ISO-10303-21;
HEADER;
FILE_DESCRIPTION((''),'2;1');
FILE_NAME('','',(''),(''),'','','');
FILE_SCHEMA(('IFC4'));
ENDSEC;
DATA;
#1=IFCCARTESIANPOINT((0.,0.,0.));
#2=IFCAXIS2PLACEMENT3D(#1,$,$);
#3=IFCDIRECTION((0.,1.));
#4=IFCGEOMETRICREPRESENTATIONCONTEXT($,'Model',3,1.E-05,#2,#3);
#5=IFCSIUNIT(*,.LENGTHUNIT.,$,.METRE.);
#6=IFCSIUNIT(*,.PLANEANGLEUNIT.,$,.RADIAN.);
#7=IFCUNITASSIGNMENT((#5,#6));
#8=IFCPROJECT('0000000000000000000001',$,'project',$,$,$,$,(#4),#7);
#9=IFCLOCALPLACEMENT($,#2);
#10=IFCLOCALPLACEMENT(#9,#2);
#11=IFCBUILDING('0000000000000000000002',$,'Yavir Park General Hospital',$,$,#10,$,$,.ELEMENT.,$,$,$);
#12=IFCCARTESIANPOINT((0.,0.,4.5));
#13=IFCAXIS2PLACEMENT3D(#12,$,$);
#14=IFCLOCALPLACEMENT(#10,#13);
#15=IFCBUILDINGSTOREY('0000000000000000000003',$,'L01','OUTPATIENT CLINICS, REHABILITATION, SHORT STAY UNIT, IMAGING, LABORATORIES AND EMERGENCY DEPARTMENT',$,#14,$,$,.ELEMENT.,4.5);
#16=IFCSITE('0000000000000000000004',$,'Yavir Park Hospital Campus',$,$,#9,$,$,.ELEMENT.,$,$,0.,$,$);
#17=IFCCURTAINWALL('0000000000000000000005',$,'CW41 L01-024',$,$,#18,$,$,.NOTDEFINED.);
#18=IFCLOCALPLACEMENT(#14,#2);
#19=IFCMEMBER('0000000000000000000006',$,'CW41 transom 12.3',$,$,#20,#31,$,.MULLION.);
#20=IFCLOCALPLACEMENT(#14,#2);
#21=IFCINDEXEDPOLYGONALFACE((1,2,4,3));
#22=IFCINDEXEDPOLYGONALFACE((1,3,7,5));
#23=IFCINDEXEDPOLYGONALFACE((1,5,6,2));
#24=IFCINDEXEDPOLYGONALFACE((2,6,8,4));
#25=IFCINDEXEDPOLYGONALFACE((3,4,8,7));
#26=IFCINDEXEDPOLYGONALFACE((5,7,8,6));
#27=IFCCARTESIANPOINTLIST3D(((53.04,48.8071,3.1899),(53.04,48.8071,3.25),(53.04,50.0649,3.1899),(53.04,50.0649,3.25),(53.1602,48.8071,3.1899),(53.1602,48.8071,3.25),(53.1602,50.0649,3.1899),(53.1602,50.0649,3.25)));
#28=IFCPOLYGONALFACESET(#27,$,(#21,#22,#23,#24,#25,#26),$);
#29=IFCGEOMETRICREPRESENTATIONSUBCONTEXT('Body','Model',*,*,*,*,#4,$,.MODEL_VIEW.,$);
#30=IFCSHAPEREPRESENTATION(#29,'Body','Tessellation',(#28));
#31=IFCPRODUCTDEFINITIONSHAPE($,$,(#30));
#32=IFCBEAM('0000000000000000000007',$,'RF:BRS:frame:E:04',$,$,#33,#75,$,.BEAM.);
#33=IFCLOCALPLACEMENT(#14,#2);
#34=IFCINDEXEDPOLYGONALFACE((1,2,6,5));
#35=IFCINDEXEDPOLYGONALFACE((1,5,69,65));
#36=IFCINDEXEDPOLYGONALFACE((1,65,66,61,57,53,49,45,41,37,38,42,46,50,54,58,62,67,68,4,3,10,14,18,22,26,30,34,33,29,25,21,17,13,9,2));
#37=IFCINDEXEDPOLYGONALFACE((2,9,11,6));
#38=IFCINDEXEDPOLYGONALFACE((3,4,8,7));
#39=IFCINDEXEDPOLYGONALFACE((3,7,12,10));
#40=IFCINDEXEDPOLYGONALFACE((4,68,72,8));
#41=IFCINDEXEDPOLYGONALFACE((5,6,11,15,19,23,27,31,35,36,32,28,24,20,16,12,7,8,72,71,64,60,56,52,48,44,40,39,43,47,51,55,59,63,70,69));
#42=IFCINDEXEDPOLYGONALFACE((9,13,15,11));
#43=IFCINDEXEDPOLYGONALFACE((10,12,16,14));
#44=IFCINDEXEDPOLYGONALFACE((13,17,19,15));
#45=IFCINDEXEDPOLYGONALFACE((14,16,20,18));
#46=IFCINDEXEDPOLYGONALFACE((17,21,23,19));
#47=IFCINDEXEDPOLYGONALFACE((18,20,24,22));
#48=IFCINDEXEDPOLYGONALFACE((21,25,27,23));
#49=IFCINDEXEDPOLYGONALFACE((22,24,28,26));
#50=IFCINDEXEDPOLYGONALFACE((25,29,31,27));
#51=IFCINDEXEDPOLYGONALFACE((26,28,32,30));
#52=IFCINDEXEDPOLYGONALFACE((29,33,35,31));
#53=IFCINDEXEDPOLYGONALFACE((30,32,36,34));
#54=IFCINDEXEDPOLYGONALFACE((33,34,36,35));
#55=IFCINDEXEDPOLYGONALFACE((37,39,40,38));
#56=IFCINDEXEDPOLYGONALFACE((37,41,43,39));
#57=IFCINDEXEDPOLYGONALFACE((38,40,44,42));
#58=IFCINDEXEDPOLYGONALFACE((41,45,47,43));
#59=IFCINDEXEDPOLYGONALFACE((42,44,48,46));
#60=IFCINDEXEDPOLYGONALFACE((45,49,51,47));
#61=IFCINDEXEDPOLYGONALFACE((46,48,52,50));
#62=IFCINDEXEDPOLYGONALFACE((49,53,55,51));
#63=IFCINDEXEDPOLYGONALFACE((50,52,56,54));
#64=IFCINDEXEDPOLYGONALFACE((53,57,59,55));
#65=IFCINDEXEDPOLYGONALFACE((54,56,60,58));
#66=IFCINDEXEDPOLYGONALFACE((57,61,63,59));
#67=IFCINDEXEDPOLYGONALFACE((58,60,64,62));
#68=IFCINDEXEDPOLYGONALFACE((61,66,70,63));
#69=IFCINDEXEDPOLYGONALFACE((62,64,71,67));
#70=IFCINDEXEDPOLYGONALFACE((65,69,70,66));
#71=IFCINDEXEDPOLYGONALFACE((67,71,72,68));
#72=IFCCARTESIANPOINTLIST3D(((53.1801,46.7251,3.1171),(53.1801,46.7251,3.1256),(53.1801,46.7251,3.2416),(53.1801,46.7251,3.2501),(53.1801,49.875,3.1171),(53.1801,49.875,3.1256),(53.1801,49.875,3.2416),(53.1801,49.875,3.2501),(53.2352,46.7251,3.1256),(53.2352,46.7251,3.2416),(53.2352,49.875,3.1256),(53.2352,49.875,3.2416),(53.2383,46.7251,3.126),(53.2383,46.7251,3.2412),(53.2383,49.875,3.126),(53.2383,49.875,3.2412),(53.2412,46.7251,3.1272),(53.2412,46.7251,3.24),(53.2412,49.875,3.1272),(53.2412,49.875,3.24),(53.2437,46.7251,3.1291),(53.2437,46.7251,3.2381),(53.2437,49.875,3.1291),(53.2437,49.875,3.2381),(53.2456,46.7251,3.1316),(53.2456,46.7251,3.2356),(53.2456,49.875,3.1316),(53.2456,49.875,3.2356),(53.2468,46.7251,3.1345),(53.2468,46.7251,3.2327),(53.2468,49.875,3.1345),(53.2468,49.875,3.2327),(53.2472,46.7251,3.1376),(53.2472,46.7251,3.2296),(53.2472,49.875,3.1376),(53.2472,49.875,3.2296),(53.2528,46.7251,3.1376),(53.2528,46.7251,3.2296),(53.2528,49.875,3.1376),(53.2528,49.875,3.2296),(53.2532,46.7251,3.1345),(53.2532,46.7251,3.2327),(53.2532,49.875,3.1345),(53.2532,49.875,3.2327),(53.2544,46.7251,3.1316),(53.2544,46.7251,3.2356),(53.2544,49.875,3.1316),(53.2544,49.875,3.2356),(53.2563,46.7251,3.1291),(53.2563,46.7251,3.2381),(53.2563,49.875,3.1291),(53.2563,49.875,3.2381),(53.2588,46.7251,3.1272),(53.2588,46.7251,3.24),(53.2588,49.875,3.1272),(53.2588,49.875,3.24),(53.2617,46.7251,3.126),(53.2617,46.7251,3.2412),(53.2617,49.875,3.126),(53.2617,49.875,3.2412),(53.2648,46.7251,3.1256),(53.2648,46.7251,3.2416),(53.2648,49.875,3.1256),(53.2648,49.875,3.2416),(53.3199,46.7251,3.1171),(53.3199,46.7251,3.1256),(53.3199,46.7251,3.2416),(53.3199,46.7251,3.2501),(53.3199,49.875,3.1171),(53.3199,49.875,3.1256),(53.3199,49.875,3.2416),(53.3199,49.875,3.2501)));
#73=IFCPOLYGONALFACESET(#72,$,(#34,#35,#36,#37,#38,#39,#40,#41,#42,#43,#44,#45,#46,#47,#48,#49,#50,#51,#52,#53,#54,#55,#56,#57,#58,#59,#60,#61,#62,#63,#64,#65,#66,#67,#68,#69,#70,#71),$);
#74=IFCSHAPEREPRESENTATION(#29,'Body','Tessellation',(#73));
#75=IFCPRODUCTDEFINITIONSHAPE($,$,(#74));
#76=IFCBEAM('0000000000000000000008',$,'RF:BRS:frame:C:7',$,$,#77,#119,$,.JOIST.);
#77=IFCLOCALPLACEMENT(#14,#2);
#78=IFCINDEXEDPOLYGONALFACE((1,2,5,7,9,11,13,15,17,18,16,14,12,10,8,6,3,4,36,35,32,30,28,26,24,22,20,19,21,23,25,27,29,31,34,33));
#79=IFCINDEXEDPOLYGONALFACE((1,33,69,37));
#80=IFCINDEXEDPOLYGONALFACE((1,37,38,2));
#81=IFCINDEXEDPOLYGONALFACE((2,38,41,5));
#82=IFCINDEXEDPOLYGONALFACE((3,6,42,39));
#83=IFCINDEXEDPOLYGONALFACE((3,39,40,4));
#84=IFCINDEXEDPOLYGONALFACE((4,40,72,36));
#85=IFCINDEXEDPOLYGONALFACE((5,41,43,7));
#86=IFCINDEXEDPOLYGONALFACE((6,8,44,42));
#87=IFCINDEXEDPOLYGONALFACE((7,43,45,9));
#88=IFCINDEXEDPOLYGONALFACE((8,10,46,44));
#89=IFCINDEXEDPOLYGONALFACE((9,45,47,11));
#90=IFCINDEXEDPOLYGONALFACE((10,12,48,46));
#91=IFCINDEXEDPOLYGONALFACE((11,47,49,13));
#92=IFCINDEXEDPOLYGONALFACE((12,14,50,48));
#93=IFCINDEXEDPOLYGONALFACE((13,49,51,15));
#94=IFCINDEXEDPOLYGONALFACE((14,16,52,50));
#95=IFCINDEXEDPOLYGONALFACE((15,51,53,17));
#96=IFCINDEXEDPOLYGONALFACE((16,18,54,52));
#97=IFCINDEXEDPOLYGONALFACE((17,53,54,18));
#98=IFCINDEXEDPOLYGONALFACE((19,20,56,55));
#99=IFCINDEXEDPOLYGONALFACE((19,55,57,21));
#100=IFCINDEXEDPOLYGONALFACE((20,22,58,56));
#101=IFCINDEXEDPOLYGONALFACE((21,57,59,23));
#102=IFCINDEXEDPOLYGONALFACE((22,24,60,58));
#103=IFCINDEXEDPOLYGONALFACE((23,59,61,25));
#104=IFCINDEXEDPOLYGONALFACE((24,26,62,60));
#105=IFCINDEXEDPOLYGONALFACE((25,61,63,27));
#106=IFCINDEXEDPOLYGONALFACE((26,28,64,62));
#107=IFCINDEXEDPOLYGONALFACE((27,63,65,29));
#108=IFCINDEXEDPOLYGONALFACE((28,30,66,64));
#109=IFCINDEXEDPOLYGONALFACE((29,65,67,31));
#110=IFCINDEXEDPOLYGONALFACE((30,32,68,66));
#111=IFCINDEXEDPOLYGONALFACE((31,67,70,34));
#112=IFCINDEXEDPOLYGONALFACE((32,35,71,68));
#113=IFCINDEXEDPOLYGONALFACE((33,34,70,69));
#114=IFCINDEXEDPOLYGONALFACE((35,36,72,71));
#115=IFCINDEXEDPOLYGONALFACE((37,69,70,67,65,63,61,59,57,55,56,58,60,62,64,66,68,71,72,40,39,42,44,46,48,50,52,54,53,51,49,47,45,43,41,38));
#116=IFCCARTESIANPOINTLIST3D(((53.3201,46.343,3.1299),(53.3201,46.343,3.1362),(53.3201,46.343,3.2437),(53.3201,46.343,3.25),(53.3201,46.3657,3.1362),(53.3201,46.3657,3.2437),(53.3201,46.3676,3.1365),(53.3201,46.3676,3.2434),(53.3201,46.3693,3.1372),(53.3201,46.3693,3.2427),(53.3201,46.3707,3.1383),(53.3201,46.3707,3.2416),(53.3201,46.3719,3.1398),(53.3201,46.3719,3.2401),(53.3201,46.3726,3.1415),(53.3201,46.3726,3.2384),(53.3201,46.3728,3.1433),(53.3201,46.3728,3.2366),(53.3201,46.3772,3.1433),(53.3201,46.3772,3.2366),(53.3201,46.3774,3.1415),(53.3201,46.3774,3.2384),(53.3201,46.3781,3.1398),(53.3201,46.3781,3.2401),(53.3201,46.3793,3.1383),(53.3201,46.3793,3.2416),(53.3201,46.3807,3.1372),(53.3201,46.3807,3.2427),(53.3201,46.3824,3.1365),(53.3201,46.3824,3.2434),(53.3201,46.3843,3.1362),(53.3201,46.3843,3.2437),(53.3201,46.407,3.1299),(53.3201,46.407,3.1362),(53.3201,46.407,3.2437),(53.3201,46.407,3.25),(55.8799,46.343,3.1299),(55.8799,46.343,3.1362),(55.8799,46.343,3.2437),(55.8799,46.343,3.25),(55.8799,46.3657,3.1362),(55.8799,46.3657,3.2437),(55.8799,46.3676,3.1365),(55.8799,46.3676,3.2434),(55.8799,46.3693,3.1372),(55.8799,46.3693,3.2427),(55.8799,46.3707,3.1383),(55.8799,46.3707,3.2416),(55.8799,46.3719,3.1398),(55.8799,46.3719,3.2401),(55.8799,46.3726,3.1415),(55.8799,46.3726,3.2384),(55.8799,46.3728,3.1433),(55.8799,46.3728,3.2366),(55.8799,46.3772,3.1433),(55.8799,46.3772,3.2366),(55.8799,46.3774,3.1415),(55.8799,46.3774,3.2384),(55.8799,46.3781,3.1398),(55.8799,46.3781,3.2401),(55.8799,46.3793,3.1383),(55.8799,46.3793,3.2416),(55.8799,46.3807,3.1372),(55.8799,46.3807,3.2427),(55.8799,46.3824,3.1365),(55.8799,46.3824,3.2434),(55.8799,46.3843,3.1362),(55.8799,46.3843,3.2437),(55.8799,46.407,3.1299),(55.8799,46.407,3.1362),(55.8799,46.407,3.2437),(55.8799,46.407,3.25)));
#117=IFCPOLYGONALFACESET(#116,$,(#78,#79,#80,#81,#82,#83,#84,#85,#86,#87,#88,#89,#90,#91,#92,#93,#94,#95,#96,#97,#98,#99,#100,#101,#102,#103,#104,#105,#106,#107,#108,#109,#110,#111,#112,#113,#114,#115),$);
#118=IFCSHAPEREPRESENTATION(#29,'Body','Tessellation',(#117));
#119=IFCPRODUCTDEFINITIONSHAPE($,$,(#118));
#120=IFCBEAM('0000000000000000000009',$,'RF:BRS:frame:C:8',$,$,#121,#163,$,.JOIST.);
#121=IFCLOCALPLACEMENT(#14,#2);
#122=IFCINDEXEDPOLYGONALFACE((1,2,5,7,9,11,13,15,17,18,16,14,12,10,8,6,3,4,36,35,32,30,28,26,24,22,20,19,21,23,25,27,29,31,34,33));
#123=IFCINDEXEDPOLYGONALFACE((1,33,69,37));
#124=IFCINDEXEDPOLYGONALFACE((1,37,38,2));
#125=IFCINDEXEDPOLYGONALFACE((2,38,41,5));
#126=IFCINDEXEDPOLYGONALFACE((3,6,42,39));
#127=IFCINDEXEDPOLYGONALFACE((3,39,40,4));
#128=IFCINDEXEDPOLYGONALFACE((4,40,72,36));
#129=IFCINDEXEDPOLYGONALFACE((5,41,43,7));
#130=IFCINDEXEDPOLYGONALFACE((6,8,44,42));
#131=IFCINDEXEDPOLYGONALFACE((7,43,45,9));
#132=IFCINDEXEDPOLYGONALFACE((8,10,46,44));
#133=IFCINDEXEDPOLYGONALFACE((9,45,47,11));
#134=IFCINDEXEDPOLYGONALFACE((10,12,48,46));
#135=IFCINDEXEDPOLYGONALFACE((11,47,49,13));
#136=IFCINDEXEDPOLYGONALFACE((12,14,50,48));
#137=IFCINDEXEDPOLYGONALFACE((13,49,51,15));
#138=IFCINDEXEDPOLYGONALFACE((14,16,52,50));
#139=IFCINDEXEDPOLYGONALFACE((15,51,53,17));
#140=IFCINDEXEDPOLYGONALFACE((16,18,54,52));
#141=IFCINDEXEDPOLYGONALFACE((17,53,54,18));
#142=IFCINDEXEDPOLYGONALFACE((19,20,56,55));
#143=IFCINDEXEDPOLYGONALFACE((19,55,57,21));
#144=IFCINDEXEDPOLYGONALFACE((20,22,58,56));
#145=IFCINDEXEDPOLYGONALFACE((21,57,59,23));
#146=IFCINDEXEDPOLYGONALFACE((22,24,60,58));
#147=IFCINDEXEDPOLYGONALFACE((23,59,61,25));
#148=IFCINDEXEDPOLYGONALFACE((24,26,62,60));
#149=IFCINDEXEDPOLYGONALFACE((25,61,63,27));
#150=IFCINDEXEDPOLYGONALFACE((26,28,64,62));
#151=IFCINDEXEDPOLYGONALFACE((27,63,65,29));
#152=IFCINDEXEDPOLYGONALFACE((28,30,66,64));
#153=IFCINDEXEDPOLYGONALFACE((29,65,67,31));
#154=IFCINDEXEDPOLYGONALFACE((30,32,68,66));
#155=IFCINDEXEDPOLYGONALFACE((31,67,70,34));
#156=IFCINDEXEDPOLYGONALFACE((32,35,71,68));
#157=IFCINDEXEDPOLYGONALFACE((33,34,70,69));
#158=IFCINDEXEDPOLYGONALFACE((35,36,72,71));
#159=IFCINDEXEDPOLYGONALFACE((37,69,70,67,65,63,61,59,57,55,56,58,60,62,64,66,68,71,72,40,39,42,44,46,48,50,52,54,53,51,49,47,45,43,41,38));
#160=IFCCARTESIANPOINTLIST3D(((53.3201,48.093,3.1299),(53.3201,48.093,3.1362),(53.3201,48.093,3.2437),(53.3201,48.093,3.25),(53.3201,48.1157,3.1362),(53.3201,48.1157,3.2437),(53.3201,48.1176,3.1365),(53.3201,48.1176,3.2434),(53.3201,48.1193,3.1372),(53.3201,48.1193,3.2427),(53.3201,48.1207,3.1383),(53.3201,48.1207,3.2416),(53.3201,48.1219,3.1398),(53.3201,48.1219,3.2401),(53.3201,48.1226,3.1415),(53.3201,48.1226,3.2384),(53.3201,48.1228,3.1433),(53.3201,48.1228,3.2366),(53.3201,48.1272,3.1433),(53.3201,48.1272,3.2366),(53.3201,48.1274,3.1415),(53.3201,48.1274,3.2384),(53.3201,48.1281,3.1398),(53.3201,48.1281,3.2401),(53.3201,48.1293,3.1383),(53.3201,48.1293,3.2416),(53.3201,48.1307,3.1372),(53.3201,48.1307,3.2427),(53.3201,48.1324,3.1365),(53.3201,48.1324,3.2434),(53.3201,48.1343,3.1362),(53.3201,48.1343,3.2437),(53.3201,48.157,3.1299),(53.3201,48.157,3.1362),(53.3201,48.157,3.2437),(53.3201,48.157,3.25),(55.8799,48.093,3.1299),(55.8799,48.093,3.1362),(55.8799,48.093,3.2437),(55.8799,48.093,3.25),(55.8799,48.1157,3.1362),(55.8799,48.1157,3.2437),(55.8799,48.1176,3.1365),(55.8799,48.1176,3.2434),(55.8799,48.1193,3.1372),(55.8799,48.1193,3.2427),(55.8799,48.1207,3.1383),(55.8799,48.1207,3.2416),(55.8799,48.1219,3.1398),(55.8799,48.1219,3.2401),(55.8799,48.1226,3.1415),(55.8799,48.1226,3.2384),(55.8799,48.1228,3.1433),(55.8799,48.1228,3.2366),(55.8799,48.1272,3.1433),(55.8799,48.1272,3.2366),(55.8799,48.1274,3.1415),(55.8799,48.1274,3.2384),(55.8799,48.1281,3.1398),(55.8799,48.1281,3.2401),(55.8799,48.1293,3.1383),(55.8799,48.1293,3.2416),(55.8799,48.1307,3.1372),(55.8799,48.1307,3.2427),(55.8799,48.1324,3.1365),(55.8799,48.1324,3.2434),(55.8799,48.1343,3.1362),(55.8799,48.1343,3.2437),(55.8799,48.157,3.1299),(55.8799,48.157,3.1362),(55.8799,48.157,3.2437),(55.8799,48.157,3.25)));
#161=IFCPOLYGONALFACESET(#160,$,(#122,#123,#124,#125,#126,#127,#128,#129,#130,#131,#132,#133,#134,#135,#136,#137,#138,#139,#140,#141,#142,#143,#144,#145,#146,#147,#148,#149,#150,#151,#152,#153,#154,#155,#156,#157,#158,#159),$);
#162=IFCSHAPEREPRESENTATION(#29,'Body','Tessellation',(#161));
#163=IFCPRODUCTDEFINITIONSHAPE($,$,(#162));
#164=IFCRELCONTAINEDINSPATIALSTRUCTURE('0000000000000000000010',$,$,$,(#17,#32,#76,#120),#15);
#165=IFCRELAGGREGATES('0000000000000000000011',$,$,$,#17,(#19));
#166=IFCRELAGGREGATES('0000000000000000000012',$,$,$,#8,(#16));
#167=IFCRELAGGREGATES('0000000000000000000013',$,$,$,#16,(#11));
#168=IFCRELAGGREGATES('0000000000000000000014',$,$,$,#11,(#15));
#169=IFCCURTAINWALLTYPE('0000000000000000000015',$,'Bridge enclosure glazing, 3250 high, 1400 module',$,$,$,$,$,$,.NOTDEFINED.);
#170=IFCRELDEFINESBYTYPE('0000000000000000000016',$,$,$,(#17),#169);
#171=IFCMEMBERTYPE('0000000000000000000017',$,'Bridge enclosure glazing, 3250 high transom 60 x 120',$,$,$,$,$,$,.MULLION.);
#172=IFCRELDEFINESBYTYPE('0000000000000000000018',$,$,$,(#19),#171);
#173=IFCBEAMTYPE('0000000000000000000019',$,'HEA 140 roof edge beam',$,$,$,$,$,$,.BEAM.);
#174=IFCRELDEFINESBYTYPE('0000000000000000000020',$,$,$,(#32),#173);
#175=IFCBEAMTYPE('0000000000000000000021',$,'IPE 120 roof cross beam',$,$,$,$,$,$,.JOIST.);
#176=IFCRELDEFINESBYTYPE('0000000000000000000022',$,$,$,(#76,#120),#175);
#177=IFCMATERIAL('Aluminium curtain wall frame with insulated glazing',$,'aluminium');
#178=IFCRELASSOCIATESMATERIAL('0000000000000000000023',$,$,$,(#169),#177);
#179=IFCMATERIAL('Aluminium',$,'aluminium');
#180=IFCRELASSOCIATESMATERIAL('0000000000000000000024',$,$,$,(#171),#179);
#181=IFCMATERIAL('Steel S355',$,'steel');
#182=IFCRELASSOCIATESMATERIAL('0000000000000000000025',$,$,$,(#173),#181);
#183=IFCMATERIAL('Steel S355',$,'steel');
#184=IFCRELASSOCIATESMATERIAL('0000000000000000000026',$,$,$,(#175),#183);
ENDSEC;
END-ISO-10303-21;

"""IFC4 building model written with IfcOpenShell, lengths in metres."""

from ifc_helpers import new_model, si_unit, direction, frame, origin, origin_2d, place, context, subcontext, project, spatial, rectangle, i_section, extrude, material, material_profile, profile_set, type_object, element, aggregate, save


model = new_model("IFC4")

# Units and contexts
model_context = context("Model", 3, precision=1e-05, world=origin(), true_north=direction((0.0, 1.0)))
body_context = subcontext(model_context, "Body", "Model", "MODEL_VIEW")
ifc_project = project(units=[si_unit("LENGTHUNIT", "METRE"), si_unit("PLANEANGLEUNIT", "RADIAN")], contexts=[model_context])

# Site, building, storey
site_placement = place(None, origin())
site = spatial("IfcSite", under=ifc_project, at=site_placement, Name="Yavir Park Hospital Campus", CompositionType="ELEMENT", RefElevation=0.0)
building_placement = place(site_placement, origin())
building = spatial("IfcBuilding", under=site, at=building_placement, Name="Yavir Park General Hospital", CompositionType="ELEMENT")
storey_placement = place(building_placement, frame((0.0, 0.0, 4.5)))
storey = spatial("IfcBuildingStorey", under=building, at=storey_placement, Name="L01", Description="OUTPATIENT CLINICS, REHABILITATION, SHORT STAY UNIT, IMAGING, LABORATORIES AND EMERGENCY DEPARTMENT", CompositionType="ELEMENT", Elevation=4.5)

# Curtain wall, member
ifc_material_1 = material(Name="Aluminium curtain wall frame with insulated glazing", Category="aluminium")
curtain_wall_type = type_object("IfcCurtainWallType", Name="Bridge enclosure glazing, 3250 high, 1400 module", PredefinedType="NOTDEFINED", material=ifc_material_1)
curtain_wall_placement = place(storey_placement, origin())
curtain_wall = element("IfcCurtainWall", 1, at=curtain_wall_placement, inside=storey, type_object=curtain_wall_type, Name="CW41 L01-024", PredefinedType="NOTDEFINED")
ifc_material_2 = material(Name="Aluminium", Category="aluminium")
ifc_material_profile_1 = material_profile(ifc_material_2, rectangle(XDim=0.1201, YDim=0.0601, at=origin_2d()), Name="AL 120x60")
ifc_profile_set_1 = profile_set([ifc_material_profile_1], Name="Aluminium")
member_type_1 = type_object("IfcMemberType", Name="Bridge enclosure glazing, 3250 high transom 60 x 120", PredefinedType="MULLION", material=ifc_profile_set_1)
member_1_placement = place(storey_placement, frame((53.1001, 48.8071, 3.22), z_axis=(0.0, 1.0, 0.0), x_axis=(-1.0, 0.0, 0.0)))
member_1 = element("IfcMember", 2, at=member_1_placement, type_object=member_type_1, Name="CW41 transom 12.3", PredefinedType="MULLION", context=body_context, shape_type="SweptSolid", body=[
    extrude(rectangle(XDim=0.1201, YDim=0.0601, at=origin_2d()), origin(), (0.0, 0.0, 1.0), 1.2578),
])

# Beams
ifc_material_3 = material(Name="Steel S355", Category="steel")
ifc_material_profile_2 = material_profile(ifc_material_3, i_section(OverallWidth=0.1399, OverallDepth=0.1331, WebThickness=0.0056, FlangeThickness=0.0085, FilletRadius=0.012, at=origin_2d()), Name="HEA140")
ifc_profile_set_2 = profile_set([ifc_material_profile_2], Name="Steel S355")
beam_type_1 = type_object("IfcBeamType", Name="HEA 140 roof edge beam", PredefinedType="BEAM", material=ifc_profile_set_2)
beam_placement = place(storey_placement, frame((53.25, 46.7251, 3.1836), z_axis=(0.0, 1.0, 0.0), x_axis=(-1.0, 0.0, 0.0)))
element("IfcBeam", 3, at=beam_placement, inside=storey, type_object=beam_type_1, Name="RF:BRS:frame:E:04", PredefinedType="BEAM", context=body_context, shape_type="SweptSolid", body=[
    extrude(i_section(OverallWidth=0.1399, OverallDepth=0.1331, WebThickness=0.0056, FlangeThickness=0.0085, FilletRadius=0.012, at=origin_2d()), origin(), (0.0, 0.0, 1.0), 3.1499),
])
ifc_material_4 = material(Name="Steel S355", Category="steel")
ifc_material_profile_3 = material_profile(ifc_material_4, i_section(OverallWidth=0.064, OverallDepth=0.1201, WebThickness=0.0044, FlangeThickness=0.0063, FilletRadius=0.0071, at=origin_2d()), Name="IPE120")
ifc_profile_set_3 = profile_set([ifc_material_profile_3], Name="Steel S355")
beam_type_2 = type_object("IfcBeamType", Name="IPE 120 roof cross beam", PredefinedType="JOIST", material=ifc_profile_set_3)
for number, where, z_axis, x_axis, name in (
    (4, (53.3201, 46.375, 3.1899), (1.0, 0.0, 0.0), (0.0, 1.0, 0.0), "RF:BRS:frame:C:7"),
    (5, (53.3201, 48.125, 3.1899), (1.0, 0.0, 0.0), (0.0, 1.0, 0.0), "RF:BRS:frame:C:8"),
):
    element("IfcBeam", number, at=place(storey_placement, frame(where, z_axis=z_axis, x_axis=x_axis)), inside=storey, type_object=beam_type_2, Name=name, PredefinedType="JOIST", context=body_context, shape_type="SweptSolid", body=[
        extrude(i_section(OverallWidth=0.064, OverallDepth=0.1201, WebThickness=0.0044, FlangeThickness=0.0063, FilletRadius=0.0071, at=origin_2d()), origin(), (0.0, 0.0, 1.0), 2.5598),
    ])

aggregate(curtain_wall, [member_1])

save(model, "model.ifc")
